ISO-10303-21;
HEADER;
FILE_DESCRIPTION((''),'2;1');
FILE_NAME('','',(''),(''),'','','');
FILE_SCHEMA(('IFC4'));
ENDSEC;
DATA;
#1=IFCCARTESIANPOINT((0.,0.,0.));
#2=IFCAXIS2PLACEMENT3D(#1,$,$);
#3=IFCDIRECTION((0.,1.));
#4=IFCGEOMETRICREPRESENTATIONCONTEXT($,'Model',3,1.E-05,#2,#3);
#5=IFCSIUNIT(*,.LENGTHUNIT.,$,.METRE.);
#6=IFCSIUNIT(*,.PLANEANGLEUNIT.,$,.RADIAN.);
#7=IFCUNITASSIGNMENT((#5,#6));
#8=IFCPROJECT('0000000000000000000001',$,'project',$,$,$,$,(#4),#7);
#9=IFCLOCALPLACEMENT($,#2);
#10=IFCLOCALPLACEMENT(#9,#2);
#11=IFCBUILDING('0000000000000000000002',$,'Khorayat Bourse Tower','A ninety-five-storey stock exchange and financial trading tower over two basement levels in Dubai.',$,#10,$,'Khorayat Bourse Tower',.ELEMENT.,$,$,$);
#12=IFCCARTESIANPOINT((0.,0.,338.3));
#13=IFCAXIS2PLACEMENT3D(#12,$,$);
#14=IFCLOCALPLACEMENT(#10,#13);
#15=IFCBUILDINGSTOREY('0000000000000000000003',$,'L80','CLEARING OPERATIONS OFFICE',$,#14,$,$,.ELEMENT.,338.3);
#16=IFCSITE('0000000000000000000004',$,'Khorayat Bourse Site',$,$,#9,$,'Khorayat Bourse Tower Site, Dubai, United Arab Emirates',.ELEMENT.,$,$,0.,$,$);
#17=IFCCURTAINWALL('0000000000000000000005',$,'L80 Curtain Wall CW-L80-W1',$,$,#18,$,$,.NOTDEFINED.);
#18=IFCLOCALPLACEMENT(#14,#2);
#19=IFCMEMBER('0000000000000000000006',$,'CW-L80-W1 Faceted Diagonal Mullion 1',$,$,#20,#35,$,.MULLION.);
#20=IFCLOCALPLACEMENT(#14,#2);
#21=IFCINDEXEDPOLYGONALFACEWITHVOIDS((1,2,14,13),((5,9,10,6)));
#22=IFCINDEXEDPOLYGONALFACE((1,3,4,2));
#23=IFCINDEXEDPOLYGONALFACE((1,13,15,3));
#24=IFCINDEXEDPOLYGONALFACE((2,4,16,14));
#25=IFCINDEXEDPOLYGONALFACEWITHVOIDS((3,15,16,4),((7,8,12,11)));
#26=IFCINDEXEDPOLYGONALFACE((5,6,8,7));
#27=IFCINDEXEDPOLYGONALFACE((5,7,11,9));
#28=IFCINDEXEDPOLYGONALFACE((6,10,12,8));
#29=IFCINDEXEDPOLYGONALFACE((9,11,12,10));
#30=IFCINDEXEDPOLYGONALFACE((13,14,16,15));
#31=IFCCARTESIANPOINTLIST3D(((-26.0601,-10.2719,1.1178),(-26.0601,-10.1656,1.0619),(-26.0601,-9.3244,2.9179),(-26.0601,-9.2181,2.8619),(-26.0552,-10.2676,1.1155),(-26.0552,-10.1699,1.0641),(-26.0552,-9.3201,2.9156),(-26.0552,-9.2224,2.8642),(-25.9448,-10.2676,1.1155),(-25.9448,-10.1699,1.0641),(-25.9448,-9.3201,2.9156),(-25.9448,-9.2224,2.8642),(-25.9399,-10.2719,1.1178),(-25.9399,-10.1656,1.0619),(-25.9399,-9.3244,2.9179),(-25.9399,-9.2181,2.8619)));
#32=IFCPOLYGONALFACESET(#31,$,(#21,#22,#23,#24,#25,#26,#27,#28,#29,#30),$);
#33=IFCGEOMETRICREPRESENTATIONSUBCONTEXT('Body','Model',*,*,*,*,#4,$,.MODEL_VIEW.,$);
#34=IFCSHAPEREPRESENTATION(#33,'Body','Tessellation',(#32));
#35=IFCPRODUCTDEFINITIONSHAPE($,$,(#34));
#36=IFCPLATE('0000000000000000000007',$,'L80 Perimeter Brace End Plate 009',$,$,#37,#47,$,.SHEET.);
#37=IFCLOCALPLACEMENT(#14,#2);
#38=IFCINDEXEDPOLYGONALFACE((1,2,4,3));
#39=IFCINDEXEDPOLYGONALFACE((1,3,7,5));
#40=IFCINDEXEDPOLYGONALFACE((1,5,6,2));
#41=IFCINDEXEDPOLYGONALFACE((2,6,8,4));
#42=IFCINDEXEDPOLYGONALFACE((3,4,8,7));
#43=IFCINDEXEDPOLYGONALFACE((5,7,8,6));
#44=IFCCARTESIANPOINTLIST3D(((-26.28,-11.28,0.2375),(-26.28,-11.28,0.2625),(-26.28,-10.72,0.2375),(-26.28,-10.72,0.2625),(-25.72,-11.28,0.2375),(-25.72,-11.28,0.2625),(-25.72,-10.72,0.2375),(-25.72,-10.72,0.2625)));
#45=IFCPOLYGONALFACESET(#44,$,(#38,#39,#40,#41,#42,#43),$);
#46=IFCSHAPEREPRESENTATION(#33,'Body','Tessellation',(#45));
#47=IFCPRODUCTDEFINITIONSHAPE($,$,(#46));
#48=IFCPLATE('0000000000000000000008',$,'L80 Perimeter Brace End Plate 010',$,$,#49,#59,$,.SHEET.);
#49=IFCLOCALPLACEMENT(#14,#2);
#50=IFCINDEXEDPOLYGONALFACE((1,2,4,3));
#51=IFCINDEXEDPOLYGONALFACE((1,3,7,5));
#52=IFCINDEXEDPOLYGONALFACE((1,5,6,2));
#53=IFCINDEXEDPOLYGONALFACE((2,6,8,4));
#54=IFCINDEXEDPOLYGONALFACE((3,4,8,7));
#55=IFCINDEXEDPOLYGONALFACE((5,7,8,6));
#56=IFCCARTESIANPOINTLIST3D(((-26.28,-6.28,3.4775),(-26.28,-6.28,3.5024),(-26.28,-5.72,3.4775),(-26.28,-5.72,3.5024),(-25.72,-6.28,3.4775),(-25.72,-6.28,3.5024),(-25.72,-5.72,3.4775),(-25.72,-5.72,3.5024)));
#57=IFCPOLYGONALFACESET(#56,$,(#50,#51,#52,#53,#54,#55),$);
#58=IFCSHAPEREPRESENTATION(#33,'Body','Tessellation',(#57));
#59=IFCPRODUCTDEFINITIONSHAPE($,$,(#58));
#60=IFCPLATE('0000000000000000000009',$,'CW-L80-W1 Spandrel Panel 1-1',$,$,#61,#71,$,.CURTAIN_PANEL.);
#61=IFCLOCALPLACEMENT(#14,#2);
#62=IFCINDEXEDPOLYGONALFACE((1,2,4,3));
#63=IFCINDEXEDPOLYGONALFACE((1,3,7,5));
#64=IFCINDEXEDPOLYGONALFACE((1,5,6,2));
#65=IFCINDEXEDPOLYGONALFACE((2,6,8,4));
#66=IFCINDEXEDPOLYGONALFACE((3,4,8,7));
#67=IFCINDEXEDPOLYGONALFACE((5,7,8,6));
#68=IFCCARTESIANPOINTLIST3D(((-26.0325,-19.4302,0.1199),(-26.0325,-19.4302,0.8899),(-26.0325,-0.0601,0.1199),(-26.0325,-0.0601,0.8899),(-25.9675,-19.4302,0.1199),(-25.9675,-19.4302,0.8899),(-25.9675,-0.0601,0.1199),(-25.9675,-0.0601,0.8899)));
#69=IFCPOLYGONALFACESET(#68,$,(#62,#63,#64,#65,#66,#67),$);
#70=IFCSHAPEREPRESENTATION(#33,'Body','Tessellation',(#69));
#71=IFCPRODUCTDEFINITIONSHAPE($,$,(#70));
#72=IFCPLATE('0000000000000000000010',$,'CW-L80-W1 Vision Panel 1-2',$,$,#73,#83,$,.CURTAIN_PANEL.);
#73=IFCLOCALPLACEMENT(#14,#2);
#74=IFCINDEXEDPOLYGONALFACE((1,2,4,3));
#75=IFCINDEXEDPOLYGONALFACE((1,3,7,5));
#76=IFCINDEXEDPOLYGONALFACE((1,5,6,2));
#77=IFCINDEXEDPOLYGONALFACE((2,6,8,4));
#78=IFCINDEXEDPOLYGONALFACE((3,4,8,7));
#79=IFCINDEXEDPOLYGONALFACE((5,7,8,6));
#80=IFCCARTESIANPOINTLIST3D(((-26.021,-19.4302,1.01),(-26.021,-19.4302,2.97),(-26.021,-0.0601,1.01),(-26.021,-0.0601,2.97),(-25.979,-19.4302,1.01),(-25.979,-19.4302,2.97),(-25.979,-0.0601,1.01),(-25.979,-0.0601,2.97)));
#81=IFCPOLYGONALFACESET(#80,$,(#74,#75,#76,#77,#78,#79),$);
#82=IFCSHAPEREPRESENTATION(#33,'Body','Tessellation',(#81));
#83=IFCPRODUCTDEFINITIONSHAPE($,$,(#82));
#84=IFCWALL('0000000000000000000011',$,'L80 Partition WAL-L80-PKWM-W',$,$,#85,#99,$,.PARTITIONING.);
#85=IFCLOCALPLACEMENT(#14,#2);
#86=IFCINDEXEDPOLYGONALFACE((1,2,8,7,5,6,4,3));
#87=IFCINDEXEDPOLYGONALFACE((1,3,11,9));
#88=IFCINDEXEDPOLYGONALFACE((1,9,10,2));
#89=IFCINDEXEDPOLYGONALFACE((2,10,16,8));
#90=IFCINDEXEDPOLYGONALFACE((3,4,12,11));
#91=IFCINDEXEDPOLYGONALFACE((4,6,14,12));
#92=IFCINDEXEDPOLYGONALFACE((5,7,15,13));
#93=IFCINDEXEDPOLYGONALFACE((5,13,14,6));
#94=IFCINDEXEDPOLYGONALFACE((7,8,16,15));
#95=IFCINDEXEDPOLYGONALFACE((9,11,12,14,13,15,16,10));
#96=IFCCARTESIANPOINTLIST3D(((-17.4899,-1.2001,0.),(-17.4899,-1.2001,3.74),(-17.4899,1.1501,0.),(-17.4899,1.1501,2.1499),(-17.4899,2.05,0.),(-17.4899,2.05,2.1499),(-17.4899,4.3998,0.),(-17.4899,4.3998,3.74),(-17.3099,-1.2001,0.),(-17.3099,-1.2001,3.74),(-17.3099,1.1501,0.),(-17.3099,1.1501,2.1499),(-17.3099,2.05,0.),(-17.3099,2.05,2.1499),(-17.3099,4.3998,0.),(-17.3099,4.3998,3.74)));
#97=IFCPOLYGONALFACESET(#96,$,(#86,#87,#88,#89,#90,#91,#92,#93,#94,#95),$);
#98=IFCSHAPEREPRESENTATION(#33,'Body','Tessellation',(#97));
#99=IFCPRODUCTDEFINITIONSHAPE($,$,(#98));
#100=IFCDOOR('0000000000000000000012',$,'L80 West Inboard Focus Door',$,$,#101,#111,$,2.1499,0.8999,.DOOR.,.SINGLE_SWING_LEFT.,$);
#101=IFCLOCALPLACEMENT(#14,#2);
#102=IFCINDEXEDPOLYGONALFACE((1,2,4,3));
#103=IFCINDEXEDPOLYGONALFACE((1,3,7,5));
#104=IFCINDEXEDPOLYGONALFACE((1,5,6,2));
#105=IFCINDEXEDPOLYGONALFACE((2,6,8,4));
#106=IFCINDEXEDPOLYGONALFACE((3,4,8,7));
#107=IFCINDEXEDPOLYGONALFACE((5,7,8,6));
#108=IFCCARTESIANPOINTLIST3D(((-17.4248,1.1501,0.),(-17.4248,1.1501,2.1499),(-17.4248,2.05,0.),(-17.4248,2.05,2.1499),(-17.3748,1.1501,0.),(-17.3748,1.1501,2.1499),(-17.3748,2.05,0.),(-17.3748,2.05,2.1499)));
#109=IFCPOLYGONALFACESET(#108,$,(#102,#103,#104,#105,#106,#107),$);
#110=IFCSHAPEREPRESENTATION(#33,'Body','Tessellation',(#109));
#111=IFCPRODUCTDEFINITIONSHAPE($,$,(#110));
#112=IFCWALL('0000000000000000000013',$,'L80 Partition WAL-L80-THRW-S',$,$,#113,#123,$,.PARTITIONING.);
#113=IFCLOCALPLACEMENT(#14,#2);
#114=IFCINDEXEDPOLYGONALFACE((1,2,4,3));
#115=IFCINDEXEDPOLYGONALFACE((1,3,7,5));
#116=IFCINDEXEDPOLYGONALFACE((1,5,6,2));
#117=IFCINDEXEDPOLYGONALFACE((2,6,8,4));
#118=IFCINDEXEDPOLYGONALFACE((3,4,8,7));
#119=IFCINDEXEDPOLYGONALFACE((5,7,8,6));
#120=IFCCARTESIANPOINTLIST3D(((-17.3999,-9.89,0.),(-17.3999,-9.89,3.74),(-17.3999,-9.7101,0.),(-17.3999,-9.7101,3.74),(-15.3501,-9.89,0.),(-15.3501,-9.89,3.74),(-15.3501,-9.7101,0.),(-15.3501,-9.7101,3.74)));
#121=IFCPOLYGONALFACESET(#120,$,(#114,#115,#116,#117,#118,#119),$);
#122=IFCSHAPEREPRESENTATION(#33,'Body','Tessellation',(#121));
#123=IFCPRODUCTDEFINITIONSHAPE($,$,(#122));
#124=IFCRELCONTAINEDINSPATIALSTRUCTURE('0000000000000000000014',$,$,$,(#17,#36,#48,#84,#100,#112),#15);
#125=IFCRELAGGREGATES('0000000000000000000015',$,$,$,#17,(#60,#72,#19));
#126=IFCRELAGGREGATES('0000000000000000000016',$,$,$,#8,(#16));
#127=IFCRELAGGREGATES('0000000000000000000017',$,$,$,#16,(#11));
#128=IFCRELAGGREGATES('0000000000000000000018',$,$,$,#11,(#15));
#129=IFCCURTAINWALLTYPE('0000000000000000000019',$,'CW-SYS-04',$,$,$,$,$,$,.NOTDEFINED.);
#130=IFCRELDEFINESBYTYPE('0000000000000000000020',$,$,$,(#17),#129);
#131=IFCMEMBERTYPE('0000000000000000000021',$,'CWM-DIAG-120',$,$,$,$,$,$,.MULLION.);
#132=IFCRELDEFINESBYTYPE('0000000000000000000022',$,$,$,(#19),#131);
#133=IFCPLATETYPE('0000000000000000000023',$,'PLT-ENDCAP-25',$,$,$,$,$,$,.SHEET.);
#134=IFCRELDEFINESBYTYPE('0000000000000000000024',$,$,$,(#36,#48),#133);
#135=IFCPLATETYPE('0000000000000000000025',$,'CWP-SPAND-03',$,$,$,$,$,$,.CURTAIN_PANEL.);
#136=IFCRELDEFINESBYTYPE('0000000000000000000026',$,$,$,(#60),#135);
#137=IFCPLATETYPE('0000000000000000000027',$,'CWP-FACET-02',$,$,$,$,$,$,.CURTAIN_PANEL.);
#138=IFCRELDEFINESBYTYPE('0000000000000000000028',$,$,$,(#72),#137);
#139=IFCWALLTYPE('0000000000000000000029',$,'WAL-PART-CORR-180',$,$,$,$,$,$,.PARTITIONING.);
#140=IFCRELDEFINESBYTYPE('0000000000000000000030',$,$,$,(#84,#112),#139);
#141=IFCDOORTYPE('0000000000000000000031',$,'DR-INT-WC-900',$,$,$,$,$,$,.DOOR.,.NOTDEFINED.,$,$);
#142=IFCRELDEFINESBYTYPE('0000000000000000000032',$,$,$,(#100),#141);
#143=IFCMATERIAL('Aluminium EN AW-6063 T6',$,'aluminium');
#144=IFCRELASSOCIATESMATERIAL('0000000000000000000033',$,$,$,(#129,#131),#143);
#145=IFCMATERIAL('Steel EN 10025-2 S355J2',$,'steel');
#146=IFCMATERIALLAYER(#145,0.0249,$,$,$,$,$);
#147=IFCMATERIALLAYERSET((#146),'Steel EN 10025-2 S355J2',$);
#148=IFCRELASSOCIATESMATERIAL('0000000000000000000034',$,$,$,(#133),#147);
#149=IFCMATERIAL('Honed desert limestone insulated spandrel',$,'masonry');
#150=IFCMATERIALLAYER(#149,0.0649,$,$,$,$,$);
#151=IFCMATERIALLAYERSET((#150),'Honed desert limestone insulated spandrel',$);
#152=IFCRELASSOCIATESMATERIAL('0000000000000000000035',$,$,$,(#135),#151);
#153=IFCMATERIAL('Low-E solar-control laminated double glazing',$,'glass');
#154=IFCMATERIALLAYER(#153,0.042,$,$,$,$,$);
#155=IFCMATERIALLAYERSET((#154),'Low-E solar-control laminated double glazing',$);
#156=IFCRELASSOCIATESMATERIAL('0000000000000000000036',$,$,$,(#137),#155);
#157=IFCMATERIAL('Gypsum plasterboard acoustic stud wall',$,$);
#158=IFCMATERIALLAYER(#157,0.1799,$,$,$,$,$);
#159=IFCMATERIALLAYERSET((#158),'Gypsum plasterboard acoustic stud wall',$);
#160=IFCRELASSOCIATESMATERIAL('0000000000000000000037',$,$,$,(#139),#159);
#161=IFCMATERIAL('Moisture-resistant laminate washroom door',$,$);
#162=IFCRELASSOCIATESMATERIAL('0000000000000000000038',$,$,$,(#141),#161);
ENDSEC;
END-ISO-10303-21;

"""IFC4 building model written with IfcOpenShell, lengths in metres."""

from ifc_helpers import new_model, si_unit, direction, frame, frame_2d, origin, origin_2d, place, context, subcontext, project, spatial, rectangle, hollow_rectangle, extrude, source, transform, mapped, material, layer, layer_set, material_profile, profile_set, type_object, element, fill, aggregate, save


model = new_model("IFC4")

# Units and contexts
model_context = context("Model", 3, precision=1e-05, world=origin(), true_north=direction((0.0, 1.0)))
body_context = subcontext(model_context, "Body", "Model", "MODEL_VIEW")
ifc_project = project(units=[si_unit("LENGTHUNIT", "METRE"), si_unit("PLANEANGLEUNIT", "RADIAN")], contexts=[model_context])

# Site, building, storey
site_placement = place(None, origin())
site = spatial("IfcSite", under=ifc_project, at=site_placement, Name="Khorayat Bourse Site", LongName="Khorayat Bourse Tower Site, Dubai, United Arab Emirates", CompositionType="ELEMENT", RefElevation=0.0)
building_placement = place(site_placement, origin())
building = spatial("IfcBuilding", under=site, at=building_placement, Name="Khorayat Bourse Tower", Description="A ninety-five-storey stock exchange and financial trading tower over two basement levels in Dubai.", LongName="Khorayat Bourse Tower", CompositionType="ELEMENT")
storey_placement = place(building_placement, frame((0.0, 0.0, 338.3)))
storey = spatial("IfcBuildingStorey", under=building, at=storey_placement, Name="L80", Description="CLEARING OPERATIONS OFFICE", CompositionType="ELEMENT", Elevation=338.3)

# Shared definitions
ifc_material_1 = material(Name="Steel EN 10025-2 S355J2", Category="steel")

# Curtain wall, member
ifc_material_2 = material(Name="Aluminium EN AW-6063 T6", Category="aluminium")
curtain_wall_type = type_object("IfcCurtainWallType", Name="CW-SYS-04", PredefinedType="NOTDEFINED", material=ifc_material_2)
curtain_wall_placement = place(storey_placement, origin())
curtain_wall = element("IfcCurtainWall", 1, at=curtain_wall_placement, inside=storey, type_object=curtain_wall_type, Name="L80 Curtain Wall CW-L80-W1", PredefinedType="NOTDEFINED")
ifc_material_profile_1 = material_profile(ifc_material_2, hollow_rectangle(XDim=0.1201, YDim=0.1201, WallThickness=0.0049, at=origin_2d()), Name="ALU 120x120x5")
ifc_profile_set_1 = profile_set([ifc_material_profile_1], Name="Aluminium EN AW-6063 T6")
member_type = type_object("IfcMemberType", Name="CWM-DIAG-120", PredefinedType="MULLION", material=ifc_profile_set_1)
shared_shape_1 = source(origin(), body_context, "Body", "SweptSolid", [
    extrude(hollow_rectangle(XDim=0.1201, YDim=0.1201, WallThickness=0.0049, at=origin_2d()), origin(), (0.0, 0.0, 1.0), 2.0342),
])
member_placement = place(storey_placement, frame((-26.0, -10.2188, 1.0898), z_axis=(0.0, 0.465791, 0.884895), x_axis=(-1.0, 0.0, 0.0)))
member = element("IfcMember", 2, at=member_placement, type_object=member_type, Name="CW-L80-W1 Faceted Diagonal Mullion 1", PredefinedType="MULLION", context=body_context, shape_type="MappedRepresentation", body=[
    mapped(shared_shape_1, transform((0.0, 0.0, 0.0), scale=1.0)),
])

# Plates
ifc_layer_1 = layer(ifc_material_1, 0.0249)
ifc_layer_set_1 = layer_set([ifc_layer_1], Name="Steel EN 10025-2 S355J2")
plate_type_1 = type_object("IfcPlateType", Name="PLT-ENDCAP-25", PredefinedType="SHEET", material=ifc_layer_set_1)
shared_shape_2 = source(origin(), body_context, "Body", "SweptSolid", [
    extrude(rectangle(XDim=0.5601, YDim=0.5601, at=origin_2d()), origin(), (0.0, 0.0, 1.0), 0.0249),
])
for number, where, z_axis, x_axis, name in (
    (3, (-26.0, -11.0, 0.2375), (0.0, 0.0, 1.0), (1.0, 0.0, 0.0), "L80 Perimeter Brace End Plate 009"),
    (4, (-26.0, -6.0, 3.4775), (0.0, 0.0, 1.0), (1.0, 0.0, 0.0), "L80 Perimeter Brace End Plate 010"),
):
    element("IfcPlate", number, at=place(storey_placement, frame(where, z_axis=z_axis, x_axis=x_axis)), inside=storey, type_object=plate_type_1, Name=name, PredefinedType="SHEET", context=body_context, shape_type="MappedRepresentation", body=[
        mapped(shared_shape_2, transform((0.0, 0.0, 0.0), scale=1.0)),
    ])

# Plates
ifc_material_3 = material(Name="Honed desert limestone insulated spandrel", Category="masonry")
ifc_layer_2 = layer(ifc_material_3, 0.0649)
ifc_layer_set_2 = layer_set([ifc_layer_2], Name="Honed desert limestone insulated spandrel")
plate_type_2 = type_object("IfcPlateType", Name="CWP-SPAND-03", PredefinedType="CURTAIN_PANEL", material=ifc_layer_set_2)
shared_shape_3 = source(origin(), body_context, "Body", "SweptSolid", [
    extrude(rectangle(XDim=19.3701, YDim=0.0649, at=origin_2d()), origin(), (0.0, 0.0, 1.0), 0.77),
])
plate_1_placement = place(storey_placement, frame((-26.0, -9.7451, 0.1199), z_axis=(0.0, 0.0, 1.0), x_axis=(0.0, 1.0, 0.0)))
plate_1 = element("IfcPlate", 5, at=plate_1_placement, type_object=plate_type_2, Name="CW-L80-W1 Spandrel Panel 1-1", PredefinedType="CURTAIN_PANEL", context=body_context, shape_type="MappedRepresentation", body=[
    mapped(shared_shape_3, transform((0.0, 0.0, 0.0), scale=1.0)),
])
ifc_material_4 = material(Name="Low-E solar-control laminated double glazing", Category="glass")
ifc_layer_3 = layer(ifc_material_4, 0.042)
ifc_layer_set_3 = layer_set([ifc_layer_3], Name="Low-E solar-control laminated double glazing")
plate_type_3 = type_object("IfcPlateType", Name="CWP-FACET-02", PredefinedType="CURTAIN_PANEL", material=ifc_layer_set_3)
shared_shape_4 = source(origin(), body_context, "Body", "SweptSolid", [
    extrude(rectangle(XDim=19.3701, YDim=0.042, at=origin_2d()), origin(), (0.0, 0.0, 1.0), 1.96),
])
plate_2_placement = place(storey_placement, frame((-26.0, -9.7451, 1.01), z_axis=(0.0, 0.0, 1.0), x_axis=(0.0, 1.0, 0.0)))
plate_2 = element("IfcPlate", 6, at=plate_2_placement, type_object=plate_type_3, Name="CW-L80-W1 Vision Panel 1-2", PredefinedType="CURTAIN_PANEL", context=body_context, shape_type="MappedRepresentation", body=[
    mapped(shared_shape_4, transform((0.0, 0.0, 0.0), scale=1.0)),
])
aggregate(curtain_wall, [plate_1, plate_2, member])

# Wall, opening, door
ifc_material_5 = material(Name="Gypsum plasterboard acoustic stud wall")
ifc_layer_4 = layer(ifc_material_5, 0.1799)
ifc_layer_set_4 = layer_set([ifc_layer_4], Name="Gypsum plasterboard acoustic stud wall")
wall_type = type_object("IfcWallType", Name="WAL-PART-CORR-180", PredefinedType="PARTITIONING", material=ifc_layer_set_4)
shared_shape_5 = source(origin(), body_context, "Body", "SweptSolid", [
    extrude(rectangle(XDim=5.5999, YDim=0.1799, at=frame_2d((2.7998, 0.0))), origin(), (0.0, 0.0, 1.0), 3.74),
])
wall_1_placement = place(storey_placement, frame((-17.3999, -1.2, 0.0), z_axis=(0.0, 0.0, 1.0), x_axis=(0.0, 1.0, 0.0)))
wall_1 = element("IfcWall", 7, at=wall_1_placement, inside=storey, type_object=wall_type, Name="L80 Partition WAL-L80-PKWM-W", PredefinedType="PARTITIONING", context=body_context, shape_type="MappedRepresentation", body=[
    mapped(shared_shape_5, transform((0.0, 0.0, 0.0), scale=1.0)),
])
shared_shape_6 = source(origin(), body_context, "Body", "SweptSolid", [
    extrude(rectangle(XDim=0.8999, YDim=2.1499, at=frame_2d((0.45, 1.075))), frame((0.0, 0.0999, 0.0), z_axis=(0.0, -1.0, 0.0), x_axis=(1.0, 0.0, 0.0)), (0.0, 0.0, 1.0), 0.2),
])
opening_placement = place(wall_1_placement, frame((2.3501, 0.0, 0.0)))
opening = element("IfcOpeningElement", 8, at=opening_placement, cuts=wall_1, PredefinedType="OPENING", context=body_context, shape_type="MappedRepresentation", body=[
    mapped(shared_shape_6, transform((0.0, 0.0, 0.0), scale=1.0)),
])
ifc_material_6 = material(Name="Moisture-resistant laminate washroom door")
door_type = type_object("IfcDoorType", Name="DR-INT-WC-900", OperationType="NOTDEFINED", PredefinedType="DOOR", material=ifc_material_6)
shared_shape_7 = source(origin(), body_context, "Body", "SweptSolid", [
    extrude(rectangle(XDim=0.8999, YDim=2.1499, at=frame_2d((0.45, 1.075))), frame((0.0, 0.0249, 0.0), z_axis=(0.0, -1.0, 0.0), x_axis=(1.0, 0.0, 0.0)), (0.0, 0.0, 1.0), 0.05),
])
door_placement = place(opening_placement, origin())
door = element("IfcDoor", 9, at=door_placement, inside=storey, type_object=door_type, Name="L80 West Inboard Focus Door", OperationType="SINGLE_SWING_LEFT", OverallHeight=2.1499, OverallWidth=0.8999, PredefinedType="DOOR", context=body_context, shape_type="MappedRepresentation", body=[
    mapped(shared_shape_7, transform((0.0, 0.0, 0.0), scale=1.0)),
])
fill(opening, door)

# Wall
shared_shape_8 = source(origin(), body_context, "Body", "SweptSolid", [
    extrude(rectangle(XDim=2.0498, YDim=0.1799, at=frame_2d((1.0249, 0.0))), origin(), (0.0, 0.0, 1.0), 3.74),
])
wall_2_placement = place(storey_placement, frame((-17.3999, -9.8, 0.0), z_axis=(0.0, 0.0, 1.0), x_axis=(1.0, 0.0, 0.0)))
element("IfcWall", 10, at=wall_2_placement, inside=storey, type_object=wall_type, Name="L80 Partition WAL-L80-THRW-S", PredefinedType="PARTITIONING", context=body_context, shape_type="MappedRepresentation", body=[
    mapped(shared_shape_8, transform((0.0, 0.0, 0.0), scale=1.0)),
])

save(model, "model.ifc")
